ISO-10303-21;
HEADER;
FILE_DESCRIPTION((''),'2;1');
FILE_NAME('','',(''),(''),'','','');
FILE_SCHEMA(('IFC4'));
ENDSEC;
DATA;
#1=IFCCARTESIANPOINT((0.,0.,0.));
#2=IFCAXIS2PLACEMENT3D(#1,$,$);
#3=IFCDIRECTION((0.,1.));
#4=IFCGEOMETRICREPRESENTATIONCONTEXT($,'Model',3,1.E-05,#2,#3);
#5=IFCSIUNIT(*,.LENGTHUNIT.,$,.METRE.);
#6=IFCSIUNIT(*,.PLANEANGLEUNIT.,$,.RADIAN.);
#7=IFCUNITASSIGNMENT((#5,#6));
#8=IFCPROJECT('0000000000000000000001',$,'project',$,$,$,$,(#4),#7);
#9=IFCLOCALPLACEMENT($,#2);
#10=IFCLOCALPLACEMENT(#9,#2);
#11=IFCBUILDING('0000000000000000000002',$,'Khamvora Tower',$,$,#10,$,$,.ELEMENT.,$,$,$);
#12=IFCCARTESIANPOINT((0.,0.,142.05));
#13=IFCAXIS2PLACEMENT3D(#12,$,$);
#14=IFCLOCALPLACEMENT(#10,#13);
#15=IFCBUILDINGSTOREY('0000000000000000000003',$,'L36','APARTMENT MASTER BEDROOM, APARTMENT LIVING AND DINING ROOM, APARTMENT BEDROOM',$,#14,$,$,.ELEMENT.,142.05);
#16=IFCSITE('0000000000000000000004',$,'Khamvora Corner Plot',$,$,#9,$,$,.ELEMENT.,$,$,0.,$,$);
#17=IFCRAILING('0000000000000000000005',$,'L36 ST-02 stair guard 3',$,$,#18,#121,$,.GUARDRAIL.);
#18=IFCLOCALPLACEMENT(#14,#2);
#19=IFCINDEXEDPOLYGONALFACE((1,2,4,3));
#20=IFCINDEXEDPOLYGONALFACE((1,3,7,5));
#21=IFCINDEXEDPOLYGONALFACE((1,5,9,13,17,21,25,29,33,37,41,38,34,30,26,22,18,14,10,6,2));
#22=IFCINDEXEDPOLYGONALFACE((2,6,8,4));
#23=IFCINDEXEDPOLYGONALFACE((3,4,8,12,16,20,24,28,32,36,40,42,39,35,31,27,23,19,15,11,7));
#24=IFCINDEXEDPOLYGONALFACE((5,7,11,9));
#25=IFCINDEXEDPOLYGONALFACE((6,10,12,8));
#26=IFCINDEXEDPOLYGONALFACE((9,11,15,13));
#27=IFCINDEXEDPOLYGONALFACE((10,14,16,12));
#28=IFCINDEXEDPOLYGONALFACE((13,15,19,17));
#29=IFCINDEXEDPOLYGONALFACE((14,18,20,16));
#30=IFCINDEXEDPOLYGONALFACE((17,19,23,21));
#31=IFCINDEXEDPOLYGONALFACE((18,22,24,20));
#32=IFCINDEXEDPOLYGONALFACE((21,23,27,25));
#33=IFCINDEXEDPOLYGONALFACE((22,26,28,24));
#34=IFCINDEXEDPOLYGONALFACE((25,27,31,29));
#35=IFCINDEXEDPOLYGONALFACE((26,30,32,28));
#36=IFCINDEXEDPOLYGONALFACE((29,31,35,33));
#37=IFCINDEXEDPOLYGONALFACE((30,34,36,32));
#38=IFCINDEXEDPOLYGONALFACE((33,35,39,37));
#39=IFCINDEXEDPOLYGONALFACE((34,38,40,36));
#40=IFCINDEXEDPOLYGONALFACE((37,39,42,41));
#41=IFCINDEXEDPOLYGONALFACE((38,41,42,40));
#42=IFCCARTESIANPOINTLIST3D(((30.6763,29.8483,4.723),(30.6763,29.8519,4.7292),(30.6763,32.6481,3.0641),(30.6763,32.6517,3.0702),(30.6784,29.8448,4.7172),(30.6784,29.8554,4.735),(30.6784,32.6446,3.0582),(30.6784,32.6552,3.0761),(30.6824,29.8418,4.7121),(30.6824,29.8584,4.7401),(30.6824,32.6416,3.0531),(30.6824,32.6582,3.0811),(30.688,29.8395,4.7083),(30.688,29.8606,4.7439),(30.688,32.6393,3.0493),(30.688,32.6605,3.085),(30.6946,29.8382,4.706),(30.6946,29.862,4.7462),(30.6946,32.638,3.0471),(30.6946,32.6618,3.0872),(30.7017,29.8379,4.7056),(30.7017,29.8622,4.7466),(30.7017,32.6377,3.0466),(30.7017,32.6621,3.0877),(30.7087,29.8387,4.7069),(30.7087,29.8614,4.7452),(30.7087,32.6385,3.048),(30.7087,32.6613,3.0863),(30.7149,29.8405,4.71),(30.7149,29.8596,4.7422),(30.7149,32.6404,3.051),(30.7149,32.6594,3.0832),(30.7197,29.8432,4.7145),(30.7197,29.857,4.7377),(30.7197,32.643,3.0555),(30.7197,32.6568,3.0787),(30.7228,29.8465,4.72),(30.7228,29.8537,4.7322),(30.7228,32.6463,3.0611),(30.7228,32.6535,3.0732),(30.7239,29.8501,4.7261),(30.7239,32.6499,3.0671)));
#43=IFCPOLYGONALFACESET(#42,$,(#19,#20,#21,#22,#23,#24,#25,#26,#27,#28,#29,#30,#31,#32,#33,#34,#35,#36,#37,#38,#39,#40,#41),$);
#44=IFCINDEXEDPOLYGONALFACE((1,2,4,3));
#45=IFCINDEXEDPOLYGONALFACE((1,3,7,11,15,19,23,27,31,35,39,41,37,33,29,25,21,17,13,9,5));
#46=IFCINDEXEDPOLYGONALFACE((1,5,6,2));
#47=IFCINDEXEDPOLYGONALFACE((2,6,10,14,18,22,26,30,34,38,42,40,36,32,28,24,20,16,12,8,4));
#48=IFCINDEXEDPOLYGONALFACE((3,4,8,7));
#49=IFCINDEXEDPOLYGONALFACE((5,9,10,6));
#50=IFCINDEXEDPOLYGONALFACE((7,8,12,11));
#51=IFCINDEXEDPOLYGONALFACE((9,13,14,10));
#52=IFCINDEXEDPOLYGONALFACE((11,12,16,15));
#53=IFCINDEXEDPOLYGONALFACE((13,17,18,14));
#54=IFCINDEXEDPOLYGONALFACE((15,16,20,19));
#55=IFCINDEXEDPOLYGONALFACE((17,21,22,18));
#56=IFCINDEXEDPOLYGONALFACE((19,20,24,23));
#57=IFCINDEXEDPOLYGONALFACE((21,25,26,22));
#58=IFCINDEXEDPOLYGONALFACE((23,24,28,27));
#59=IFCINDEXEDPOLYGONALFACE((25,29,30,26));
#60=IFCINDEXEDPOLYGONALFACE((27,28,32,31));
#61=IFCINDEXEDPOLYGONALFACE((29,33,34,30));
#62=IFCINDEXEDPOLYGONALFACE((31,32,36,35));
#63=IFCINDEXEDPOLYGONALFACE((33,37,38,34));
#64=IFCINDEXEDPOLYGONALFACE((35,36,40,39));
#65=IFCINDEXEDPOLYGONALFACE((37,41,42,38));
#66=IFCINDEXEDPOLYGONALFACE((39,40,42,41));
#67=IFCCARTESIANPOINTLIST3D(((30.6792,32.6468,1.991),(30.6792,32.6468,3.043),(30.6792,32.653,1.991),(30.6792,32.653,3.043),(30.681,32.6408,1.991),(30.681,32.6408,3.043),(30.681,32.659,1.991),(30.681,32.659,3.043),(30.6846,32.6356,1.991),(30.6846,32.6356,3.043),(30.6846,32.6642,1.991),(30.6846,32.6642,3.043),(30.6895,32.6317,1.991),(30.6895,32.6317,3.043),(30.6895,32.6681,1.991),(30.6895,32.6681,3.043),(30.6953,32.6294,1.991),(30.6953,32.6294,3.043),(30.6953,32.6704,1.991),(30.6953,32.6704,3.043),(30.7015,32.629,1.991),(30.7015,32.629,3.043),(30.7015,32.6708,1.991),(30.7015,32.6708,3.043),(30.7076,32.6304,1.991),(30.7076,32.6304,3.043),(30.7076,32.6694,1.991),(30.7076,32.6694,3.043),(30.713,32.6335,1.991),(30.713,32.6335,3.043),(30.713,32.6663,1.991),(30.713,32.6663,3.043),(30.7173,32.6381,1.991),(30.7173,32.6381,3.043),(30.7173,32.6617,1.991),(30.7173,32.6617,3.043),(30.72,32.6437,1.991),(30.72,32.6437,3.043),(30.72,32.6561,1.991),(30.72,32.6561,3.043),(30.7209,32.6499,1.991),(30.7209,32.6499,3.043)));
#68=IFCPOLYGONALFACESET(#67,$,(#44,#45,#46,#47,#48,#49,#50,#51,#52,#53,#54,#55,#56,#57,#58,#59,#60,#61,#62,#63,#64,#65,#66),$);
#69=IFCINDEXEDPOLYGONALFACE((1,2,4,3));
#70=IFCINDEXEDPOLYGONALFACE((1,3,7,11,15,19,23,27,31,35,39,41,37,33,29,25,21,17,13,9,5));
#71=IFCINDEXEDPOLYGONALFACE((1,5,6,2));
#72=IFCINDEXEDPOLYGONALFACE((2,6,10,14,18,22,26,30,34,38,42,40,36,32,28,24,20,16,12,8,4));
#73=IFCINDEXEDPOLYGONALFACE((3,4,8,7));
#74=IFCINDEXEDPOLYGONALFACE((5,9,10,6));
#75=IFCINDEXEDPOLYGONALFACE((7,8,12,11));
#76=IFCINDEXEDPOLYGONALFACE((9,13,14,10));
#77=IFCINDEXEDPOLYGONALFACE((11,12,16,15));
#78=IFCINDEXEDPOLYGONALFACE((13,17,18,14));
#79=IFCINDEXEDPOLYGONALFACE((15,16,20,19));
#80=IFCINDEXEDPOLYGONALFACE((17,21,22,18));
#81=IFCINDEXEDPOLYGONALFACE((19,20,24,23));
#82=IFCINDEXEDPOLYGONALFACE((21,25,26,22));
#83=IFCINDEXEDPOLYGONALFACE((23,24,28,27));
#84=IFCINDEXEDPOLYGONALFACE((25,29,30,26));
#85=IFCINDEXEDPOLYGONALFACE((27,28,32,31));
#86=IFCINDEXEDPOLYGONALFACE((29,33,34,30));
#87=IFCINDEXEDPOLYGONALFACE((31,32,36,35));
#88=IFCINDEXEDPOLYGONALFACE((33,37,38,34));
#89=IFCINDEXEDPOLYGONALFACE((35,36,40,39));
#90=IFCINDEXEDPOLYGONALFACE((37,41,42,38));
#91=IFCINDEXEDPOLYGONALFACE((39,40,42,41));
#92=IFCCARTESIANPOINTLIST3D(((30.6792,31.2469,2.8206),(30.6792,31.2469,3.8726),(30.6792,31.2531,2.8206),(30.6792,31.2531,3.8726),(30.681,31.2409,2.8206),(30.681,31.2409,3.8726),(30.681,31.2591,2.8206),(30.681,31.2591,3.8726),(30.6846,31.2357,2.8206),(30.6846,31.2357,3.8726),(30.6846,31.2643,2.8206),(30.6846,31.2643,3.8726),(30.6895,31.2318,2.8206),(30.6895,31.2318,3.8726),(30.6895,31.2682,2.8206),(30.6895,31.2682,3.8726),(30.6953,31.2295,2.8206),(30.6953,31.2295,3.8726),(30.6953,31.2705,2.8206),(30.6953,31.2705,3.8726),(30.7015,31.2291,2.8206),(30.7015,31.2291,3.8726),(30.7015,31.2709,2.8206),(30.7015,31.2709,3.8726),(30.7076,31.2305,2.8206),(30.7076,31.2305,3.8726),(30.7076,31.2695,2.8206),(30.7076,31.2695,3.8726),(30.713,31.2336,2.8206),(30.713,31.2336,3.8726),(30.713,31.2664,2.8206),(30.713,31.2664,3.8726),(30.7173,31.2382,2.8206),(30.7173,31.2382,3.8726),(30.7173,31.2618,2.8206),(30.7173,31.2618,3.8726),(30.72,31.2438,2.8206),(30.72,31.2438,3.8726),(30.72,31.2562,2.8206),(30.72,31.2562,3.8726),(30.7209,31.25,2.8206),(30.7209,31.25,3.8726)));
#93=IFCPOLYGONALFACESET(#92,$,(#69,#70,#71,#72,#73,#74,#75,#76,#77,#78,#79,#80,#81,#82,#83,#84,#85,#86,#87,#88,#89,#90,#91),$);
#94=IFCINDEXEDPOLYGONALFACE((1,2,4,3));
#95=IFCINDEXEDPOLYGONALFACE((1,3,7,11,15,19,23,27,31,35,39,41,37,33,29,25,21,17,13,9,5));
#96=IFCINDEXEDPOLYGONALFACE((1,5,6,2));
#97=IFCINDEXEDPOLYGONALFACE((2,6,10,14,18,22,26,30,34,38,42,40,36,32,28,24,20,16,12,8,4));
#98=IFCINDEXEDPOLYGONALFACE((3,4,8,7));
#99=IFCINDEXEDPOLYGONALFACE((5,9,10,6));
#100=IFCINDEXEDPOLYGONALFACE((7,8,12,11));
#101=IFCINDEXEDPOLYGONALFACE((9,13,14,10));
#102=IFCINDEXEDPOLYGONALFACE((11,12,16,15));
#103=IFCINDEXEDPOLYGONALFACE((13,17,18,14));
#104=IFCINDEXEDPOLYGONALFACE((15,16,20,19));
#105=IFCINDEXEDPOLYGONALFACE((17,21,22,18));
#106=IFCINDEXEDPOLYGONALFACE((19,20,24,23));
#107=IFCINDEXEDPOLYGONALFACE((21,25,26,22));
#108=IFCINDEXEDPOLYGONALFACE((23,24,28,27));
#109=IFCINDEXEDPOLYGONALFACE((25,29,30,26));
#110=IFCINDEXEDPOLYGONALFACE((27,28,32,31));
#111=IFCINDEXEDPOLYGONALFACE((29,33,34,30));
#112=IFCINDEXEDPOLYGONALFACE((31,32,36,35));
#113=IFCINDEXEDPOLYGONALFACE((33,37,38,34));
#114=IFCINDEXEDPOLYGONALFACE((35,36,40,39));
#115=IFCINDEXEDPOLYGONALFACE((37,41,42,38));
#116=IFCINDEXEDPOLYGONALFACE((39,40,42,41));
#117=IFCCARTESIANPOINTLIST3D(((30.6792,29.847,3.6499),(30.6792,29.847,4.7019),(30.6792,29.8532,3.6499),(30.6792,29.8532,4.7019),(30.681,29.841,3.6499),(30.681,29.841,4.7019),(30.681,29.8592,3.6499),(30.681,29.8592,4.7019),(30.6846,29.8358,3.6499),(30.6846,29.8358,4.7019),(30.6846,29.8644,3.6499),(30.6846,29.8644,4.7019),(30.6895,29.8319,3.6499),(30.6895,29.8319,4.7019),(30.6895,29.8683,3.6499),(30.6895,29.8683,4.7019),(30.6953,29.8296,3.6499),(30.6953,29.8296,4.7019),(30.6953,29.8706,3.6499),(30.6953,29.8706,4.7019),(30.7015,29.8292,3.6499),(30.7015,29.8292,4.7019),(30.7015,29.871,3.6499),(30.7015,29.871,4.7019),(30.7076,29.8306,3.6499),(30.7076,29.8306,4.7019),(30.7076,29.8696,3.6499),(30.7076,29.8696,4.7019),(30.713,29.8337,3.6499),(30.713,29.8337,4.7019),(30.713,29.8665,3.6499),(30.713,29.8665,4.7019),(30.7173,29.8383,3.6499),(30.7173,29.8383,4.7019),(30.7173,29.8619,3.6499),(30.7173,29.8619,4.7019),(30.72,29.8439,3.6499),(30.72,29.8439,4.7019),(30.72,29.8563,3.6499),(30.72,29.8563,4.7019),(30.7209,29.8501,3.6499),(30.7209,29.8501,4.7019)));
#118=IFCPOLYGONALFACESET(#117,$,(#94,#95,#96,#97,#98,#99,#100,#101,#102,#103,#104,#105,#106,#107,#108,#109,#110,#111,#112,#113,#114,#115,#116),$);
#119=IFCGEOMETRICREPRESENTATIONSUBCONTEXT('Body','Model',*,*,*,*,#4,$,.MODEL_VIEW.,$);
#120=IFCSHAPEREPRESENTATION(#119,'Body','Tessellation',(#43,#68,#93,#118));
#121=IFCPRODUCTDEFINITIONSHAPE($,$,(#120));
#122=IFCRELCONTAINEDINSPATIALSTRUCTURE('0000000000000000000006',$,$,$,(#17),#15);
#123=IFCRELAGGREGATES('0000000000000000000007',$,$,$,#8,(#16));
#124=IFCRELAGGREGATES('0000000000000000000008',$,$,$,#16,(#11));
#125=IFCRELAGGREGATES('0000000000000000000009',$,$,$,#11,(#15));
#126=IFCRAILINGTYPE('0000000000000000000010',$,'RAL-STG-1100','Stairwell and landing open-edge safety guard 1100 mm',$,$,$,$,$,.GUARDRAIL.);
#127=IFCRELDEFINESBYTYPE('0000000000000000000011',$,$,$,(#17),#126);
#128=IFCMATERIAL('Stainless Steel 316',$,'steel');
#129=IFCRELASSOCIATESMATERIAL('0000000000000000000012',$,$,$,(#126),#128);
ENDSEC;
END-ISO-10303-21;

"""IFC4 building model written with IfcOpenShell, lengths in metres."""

from ifc_helpers import new_model, si_unit, direction, frame, origin, origin_2d, place, context, subcontext, project, spatial, circle, extrude, material, type_object, element, save


model = new_model("IFC4")

# Units and contexts
model_context = context("Model", 3, precision=1e-05, world=origin(), true_north=direction((0.0, 1.0)))
body_context = subcontext(model_context, "Body", "Model", "MODEL_VIEW")
ifc_project = project(units=[si_unit("LENGTHUNIT", "METRE"), si_unit("PLANEANGLEUNIT", "RADIAN")], contexts=[model_context])

# Site, building, storey
site_placement = place(None, origin())
site = spatial("IfcSite", under=ifc_project, at=site_placement, Name="Khamvora Corner Plot", CompositionType="ELEMENT", RefElevation=0.0)
building_placement = place(site_placement, origin())
building = spatial("IfcBuilding", under=site, at=building_placement, Name="Khamvora Tower", CompositionType="ELEMENT")
storey_placement = place(building_placement, frame((0.0, 0.0, 142.05)))
storey = spatial("IfcBuildingStorey", under=building, at=storey_placement, Name="L36", Description="APARTMENT MASTER BEDROOM, APARTMENT LIVING AND DINING ROOM, APARTMENT BEDROOM", CompositionType="ELEMENT", Elevation=142.05)

# Railing
ifc_material_1 = material(Name="Stainless Steel 316", Category="steel")
railing_type_1 = type_object("IfcRailingType", Name="RAL-STG-1100", Description="Stairwell and landing open-edge safety guard 1100 mm", PredefinedType="GUARDRAIL", material=ifc_material_1)
railing_1_placement = place(storey_placement, frame((30.7, 32.6499, 1.991)))
element("IfcRailing", 1, at=railing_1_placement, inside=storey, type_object=railing_type_1, Name="L36 ST-02 stair guard 3", PredefinedType="GUARDRAIL", context=body_context, shape_type="SweptSolid", body=[
    extrude(circle(Radius=0.0239, at=origin_2d()), frame((0.0, 0.0, 1.0762), z_axis=(0.0, -0.86032, 0.509755), x_axis=(1.0, 0.0, 0.0)), (0.0, 0.0, 1.0), 3.2544),
    extrude(circle(Radius=0.021, at=origin_2d()), origin(), (0.0, 0.0, 1.0), 1.052),
    extrude(circle(Radius=0.021, at=origin_2d()), frame((0.0, -1.3999, 0.8296)), (0.0, 0.0, 1.0), 1.052),
    extrude(circle(Radius=0.021, at=origin_2d()), frame((0.0, -2.7998, 1.6589)), (0.0, 0.0, 1.0), 1.052),
])

save(model, "model.ifc")
